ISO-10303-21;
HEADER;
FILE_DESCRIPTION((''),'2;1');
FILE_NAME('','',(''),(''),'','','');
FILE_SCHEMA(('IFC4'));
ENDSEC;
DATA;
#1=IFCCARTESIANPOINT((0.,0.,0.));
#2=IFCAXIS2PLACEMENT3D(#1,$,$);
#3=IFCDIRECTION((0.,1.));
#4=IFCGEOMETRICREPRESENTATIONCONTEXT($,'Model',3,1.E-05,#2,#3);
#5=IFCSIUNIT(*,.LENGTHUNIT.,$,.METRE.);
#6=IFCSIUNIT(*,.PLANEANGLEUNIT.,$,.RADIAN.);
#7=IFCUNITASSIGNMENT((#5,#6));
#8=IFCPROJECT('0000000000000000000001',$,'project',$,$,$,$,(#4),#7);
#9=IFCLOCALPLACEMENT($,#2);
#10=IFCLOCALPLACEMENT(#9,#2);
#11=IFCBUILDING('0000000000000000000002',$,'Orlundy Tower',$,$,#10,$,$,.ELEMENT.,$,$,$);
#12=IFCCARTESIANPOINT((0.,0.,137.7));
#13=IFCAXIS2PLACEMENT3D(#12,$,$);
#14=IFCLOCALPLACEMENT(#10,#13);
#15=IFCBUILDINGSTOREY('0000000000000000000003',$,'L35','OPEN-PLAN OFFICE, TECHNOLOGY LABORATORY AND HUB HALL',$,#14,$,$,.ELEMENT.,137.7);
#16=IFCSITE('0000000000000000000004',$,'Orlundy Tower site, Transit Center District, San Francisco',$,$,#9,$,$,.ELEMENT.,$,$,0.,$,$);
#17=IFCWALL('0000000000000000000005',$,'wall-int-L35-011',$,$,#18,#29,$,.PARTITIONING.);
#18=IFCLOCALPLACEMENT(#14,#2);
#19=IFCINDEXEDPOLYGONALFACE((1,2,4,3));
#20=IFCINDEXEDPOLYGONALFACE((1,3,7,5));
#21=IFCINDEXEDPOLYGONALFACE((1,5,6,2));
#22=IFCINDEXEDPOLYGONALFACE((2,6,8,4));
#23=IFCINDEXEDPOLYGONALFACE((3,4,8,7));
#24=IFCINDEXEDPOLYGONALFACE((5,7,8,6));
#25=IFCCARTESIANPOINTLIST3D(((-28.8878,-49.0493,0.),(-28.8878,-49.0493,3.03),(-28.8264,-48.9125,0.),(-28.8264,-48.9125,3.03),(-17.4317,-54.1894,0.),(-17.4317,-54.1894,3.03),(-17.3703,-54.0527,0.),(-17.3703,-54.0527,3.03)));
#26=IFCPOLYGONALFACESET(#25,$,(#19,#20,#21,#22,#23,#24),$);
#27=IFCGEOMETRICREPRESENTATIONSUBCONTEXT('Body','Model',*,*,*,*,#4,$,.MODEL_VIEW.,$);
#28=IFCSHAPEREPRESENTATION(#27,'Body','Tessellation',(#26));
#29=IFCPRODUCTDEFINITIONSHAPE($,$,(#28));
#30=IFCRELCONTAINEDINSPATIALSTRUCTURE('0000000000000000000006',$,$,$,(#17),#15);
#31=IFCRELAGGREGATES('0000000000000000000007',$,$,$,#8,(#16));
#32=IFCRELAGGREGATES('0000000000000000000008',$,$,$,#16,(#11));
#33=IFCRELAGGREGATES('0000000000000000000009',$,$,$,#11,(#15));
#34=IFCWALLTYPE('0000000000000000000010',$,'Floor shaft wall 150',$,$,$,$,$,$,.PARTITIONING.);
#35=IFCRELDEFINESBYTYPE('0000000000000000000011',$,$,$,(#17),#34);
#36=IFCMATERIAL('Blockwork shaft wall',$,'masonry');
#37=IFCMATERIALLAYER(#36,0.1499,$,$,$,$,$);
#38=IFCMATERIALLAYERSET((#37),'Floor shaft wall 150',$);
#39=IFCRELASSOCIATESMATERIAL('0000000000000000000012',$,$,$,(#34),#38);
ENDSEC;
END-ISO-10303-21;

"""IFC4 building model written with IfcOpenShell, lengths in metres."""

from ifc_helpers import new_model, si_unit, direction, frame, frame_2d, origin, place, context, subcontext, project, spatial, rectangle, extrude, material, layer, layer_set, type_object, element, save


model = new_model("IFC4")

# Units and contexts
model_context = context("Model", 3, precision=1e-05, world=origin(), true_north=direction((0.0, 1.0)))
body_context = subcontext(model_context, "Body", "Model", "MODEL_VIEW")
ifc_project = project(units=[si_unit("LENGTHUNIT", "METRE"), si_unit("PLANEANGLEUNIT", "RADIAN")], contexts=[model_context])

# Site, building, storey
site_placement = place(None, origin())
site = spatial("IfcSite", under=ifc_project, at=site_placement, Name="Orlundy Tower site, Transit Center District, San Francisco", CompositionType="ELEMENT", RefElevation=0.0)
building_placement = place(site_placement, origin())
building = spatial("IfcBuilding", under=site, at=building_placement, Name="Orlundy Tower", CompositionType="ELEMENT")
storey_placement = place(building_placement, frame((0.0, 0.0, 137.7)))
storey = spatial("IfcBuildingStorey", under=building, at=storey_placement, Name="L35", Description="OPEN-PLAN OFFICE, TECHNOLOGY LABORATORY AND HUB HALL", CompositionType="ELEMENT", Elevation=137.7)

# Wall
ifc_material_1 = material(Name="Blockwork shaft wall", Category="masonry")
ifc_layer_1 = layer(ifc_material_1, 0.1499)
ifc_layer_set_1 = layer_set([ifc_layer_1], Name="Floor shaft wall 150")
wall_type_1 = type_object("IfcWallType", Name="Floor shaft wall 150", PredefinedType="PARTITIONING", material=ifc_layer_set_1)
wall_1_placement = place(storey_placement, frame((-17.4009, -54.1211, 0.0), z_axis=(0.0, 0.0, 1.0), x_axis=(-0.912371, 0.409365, 0.0)))
element("IfcWall", 1, at=wall_1_placement, inside=storey, type_object=wall_type_1, Name="wall-int-L35-011", PredefinedType="PARTITIONING", context=body_context, shape_type="SweptSolid", body=[
    extrude(rectangle(XDim=12.5564, YDim=0.1499, at=frame_2d((6.2783, 0.0))), origin(), (0.0, 0.0, 1.0), 3.03),
])

save(model, "model.ifc")
